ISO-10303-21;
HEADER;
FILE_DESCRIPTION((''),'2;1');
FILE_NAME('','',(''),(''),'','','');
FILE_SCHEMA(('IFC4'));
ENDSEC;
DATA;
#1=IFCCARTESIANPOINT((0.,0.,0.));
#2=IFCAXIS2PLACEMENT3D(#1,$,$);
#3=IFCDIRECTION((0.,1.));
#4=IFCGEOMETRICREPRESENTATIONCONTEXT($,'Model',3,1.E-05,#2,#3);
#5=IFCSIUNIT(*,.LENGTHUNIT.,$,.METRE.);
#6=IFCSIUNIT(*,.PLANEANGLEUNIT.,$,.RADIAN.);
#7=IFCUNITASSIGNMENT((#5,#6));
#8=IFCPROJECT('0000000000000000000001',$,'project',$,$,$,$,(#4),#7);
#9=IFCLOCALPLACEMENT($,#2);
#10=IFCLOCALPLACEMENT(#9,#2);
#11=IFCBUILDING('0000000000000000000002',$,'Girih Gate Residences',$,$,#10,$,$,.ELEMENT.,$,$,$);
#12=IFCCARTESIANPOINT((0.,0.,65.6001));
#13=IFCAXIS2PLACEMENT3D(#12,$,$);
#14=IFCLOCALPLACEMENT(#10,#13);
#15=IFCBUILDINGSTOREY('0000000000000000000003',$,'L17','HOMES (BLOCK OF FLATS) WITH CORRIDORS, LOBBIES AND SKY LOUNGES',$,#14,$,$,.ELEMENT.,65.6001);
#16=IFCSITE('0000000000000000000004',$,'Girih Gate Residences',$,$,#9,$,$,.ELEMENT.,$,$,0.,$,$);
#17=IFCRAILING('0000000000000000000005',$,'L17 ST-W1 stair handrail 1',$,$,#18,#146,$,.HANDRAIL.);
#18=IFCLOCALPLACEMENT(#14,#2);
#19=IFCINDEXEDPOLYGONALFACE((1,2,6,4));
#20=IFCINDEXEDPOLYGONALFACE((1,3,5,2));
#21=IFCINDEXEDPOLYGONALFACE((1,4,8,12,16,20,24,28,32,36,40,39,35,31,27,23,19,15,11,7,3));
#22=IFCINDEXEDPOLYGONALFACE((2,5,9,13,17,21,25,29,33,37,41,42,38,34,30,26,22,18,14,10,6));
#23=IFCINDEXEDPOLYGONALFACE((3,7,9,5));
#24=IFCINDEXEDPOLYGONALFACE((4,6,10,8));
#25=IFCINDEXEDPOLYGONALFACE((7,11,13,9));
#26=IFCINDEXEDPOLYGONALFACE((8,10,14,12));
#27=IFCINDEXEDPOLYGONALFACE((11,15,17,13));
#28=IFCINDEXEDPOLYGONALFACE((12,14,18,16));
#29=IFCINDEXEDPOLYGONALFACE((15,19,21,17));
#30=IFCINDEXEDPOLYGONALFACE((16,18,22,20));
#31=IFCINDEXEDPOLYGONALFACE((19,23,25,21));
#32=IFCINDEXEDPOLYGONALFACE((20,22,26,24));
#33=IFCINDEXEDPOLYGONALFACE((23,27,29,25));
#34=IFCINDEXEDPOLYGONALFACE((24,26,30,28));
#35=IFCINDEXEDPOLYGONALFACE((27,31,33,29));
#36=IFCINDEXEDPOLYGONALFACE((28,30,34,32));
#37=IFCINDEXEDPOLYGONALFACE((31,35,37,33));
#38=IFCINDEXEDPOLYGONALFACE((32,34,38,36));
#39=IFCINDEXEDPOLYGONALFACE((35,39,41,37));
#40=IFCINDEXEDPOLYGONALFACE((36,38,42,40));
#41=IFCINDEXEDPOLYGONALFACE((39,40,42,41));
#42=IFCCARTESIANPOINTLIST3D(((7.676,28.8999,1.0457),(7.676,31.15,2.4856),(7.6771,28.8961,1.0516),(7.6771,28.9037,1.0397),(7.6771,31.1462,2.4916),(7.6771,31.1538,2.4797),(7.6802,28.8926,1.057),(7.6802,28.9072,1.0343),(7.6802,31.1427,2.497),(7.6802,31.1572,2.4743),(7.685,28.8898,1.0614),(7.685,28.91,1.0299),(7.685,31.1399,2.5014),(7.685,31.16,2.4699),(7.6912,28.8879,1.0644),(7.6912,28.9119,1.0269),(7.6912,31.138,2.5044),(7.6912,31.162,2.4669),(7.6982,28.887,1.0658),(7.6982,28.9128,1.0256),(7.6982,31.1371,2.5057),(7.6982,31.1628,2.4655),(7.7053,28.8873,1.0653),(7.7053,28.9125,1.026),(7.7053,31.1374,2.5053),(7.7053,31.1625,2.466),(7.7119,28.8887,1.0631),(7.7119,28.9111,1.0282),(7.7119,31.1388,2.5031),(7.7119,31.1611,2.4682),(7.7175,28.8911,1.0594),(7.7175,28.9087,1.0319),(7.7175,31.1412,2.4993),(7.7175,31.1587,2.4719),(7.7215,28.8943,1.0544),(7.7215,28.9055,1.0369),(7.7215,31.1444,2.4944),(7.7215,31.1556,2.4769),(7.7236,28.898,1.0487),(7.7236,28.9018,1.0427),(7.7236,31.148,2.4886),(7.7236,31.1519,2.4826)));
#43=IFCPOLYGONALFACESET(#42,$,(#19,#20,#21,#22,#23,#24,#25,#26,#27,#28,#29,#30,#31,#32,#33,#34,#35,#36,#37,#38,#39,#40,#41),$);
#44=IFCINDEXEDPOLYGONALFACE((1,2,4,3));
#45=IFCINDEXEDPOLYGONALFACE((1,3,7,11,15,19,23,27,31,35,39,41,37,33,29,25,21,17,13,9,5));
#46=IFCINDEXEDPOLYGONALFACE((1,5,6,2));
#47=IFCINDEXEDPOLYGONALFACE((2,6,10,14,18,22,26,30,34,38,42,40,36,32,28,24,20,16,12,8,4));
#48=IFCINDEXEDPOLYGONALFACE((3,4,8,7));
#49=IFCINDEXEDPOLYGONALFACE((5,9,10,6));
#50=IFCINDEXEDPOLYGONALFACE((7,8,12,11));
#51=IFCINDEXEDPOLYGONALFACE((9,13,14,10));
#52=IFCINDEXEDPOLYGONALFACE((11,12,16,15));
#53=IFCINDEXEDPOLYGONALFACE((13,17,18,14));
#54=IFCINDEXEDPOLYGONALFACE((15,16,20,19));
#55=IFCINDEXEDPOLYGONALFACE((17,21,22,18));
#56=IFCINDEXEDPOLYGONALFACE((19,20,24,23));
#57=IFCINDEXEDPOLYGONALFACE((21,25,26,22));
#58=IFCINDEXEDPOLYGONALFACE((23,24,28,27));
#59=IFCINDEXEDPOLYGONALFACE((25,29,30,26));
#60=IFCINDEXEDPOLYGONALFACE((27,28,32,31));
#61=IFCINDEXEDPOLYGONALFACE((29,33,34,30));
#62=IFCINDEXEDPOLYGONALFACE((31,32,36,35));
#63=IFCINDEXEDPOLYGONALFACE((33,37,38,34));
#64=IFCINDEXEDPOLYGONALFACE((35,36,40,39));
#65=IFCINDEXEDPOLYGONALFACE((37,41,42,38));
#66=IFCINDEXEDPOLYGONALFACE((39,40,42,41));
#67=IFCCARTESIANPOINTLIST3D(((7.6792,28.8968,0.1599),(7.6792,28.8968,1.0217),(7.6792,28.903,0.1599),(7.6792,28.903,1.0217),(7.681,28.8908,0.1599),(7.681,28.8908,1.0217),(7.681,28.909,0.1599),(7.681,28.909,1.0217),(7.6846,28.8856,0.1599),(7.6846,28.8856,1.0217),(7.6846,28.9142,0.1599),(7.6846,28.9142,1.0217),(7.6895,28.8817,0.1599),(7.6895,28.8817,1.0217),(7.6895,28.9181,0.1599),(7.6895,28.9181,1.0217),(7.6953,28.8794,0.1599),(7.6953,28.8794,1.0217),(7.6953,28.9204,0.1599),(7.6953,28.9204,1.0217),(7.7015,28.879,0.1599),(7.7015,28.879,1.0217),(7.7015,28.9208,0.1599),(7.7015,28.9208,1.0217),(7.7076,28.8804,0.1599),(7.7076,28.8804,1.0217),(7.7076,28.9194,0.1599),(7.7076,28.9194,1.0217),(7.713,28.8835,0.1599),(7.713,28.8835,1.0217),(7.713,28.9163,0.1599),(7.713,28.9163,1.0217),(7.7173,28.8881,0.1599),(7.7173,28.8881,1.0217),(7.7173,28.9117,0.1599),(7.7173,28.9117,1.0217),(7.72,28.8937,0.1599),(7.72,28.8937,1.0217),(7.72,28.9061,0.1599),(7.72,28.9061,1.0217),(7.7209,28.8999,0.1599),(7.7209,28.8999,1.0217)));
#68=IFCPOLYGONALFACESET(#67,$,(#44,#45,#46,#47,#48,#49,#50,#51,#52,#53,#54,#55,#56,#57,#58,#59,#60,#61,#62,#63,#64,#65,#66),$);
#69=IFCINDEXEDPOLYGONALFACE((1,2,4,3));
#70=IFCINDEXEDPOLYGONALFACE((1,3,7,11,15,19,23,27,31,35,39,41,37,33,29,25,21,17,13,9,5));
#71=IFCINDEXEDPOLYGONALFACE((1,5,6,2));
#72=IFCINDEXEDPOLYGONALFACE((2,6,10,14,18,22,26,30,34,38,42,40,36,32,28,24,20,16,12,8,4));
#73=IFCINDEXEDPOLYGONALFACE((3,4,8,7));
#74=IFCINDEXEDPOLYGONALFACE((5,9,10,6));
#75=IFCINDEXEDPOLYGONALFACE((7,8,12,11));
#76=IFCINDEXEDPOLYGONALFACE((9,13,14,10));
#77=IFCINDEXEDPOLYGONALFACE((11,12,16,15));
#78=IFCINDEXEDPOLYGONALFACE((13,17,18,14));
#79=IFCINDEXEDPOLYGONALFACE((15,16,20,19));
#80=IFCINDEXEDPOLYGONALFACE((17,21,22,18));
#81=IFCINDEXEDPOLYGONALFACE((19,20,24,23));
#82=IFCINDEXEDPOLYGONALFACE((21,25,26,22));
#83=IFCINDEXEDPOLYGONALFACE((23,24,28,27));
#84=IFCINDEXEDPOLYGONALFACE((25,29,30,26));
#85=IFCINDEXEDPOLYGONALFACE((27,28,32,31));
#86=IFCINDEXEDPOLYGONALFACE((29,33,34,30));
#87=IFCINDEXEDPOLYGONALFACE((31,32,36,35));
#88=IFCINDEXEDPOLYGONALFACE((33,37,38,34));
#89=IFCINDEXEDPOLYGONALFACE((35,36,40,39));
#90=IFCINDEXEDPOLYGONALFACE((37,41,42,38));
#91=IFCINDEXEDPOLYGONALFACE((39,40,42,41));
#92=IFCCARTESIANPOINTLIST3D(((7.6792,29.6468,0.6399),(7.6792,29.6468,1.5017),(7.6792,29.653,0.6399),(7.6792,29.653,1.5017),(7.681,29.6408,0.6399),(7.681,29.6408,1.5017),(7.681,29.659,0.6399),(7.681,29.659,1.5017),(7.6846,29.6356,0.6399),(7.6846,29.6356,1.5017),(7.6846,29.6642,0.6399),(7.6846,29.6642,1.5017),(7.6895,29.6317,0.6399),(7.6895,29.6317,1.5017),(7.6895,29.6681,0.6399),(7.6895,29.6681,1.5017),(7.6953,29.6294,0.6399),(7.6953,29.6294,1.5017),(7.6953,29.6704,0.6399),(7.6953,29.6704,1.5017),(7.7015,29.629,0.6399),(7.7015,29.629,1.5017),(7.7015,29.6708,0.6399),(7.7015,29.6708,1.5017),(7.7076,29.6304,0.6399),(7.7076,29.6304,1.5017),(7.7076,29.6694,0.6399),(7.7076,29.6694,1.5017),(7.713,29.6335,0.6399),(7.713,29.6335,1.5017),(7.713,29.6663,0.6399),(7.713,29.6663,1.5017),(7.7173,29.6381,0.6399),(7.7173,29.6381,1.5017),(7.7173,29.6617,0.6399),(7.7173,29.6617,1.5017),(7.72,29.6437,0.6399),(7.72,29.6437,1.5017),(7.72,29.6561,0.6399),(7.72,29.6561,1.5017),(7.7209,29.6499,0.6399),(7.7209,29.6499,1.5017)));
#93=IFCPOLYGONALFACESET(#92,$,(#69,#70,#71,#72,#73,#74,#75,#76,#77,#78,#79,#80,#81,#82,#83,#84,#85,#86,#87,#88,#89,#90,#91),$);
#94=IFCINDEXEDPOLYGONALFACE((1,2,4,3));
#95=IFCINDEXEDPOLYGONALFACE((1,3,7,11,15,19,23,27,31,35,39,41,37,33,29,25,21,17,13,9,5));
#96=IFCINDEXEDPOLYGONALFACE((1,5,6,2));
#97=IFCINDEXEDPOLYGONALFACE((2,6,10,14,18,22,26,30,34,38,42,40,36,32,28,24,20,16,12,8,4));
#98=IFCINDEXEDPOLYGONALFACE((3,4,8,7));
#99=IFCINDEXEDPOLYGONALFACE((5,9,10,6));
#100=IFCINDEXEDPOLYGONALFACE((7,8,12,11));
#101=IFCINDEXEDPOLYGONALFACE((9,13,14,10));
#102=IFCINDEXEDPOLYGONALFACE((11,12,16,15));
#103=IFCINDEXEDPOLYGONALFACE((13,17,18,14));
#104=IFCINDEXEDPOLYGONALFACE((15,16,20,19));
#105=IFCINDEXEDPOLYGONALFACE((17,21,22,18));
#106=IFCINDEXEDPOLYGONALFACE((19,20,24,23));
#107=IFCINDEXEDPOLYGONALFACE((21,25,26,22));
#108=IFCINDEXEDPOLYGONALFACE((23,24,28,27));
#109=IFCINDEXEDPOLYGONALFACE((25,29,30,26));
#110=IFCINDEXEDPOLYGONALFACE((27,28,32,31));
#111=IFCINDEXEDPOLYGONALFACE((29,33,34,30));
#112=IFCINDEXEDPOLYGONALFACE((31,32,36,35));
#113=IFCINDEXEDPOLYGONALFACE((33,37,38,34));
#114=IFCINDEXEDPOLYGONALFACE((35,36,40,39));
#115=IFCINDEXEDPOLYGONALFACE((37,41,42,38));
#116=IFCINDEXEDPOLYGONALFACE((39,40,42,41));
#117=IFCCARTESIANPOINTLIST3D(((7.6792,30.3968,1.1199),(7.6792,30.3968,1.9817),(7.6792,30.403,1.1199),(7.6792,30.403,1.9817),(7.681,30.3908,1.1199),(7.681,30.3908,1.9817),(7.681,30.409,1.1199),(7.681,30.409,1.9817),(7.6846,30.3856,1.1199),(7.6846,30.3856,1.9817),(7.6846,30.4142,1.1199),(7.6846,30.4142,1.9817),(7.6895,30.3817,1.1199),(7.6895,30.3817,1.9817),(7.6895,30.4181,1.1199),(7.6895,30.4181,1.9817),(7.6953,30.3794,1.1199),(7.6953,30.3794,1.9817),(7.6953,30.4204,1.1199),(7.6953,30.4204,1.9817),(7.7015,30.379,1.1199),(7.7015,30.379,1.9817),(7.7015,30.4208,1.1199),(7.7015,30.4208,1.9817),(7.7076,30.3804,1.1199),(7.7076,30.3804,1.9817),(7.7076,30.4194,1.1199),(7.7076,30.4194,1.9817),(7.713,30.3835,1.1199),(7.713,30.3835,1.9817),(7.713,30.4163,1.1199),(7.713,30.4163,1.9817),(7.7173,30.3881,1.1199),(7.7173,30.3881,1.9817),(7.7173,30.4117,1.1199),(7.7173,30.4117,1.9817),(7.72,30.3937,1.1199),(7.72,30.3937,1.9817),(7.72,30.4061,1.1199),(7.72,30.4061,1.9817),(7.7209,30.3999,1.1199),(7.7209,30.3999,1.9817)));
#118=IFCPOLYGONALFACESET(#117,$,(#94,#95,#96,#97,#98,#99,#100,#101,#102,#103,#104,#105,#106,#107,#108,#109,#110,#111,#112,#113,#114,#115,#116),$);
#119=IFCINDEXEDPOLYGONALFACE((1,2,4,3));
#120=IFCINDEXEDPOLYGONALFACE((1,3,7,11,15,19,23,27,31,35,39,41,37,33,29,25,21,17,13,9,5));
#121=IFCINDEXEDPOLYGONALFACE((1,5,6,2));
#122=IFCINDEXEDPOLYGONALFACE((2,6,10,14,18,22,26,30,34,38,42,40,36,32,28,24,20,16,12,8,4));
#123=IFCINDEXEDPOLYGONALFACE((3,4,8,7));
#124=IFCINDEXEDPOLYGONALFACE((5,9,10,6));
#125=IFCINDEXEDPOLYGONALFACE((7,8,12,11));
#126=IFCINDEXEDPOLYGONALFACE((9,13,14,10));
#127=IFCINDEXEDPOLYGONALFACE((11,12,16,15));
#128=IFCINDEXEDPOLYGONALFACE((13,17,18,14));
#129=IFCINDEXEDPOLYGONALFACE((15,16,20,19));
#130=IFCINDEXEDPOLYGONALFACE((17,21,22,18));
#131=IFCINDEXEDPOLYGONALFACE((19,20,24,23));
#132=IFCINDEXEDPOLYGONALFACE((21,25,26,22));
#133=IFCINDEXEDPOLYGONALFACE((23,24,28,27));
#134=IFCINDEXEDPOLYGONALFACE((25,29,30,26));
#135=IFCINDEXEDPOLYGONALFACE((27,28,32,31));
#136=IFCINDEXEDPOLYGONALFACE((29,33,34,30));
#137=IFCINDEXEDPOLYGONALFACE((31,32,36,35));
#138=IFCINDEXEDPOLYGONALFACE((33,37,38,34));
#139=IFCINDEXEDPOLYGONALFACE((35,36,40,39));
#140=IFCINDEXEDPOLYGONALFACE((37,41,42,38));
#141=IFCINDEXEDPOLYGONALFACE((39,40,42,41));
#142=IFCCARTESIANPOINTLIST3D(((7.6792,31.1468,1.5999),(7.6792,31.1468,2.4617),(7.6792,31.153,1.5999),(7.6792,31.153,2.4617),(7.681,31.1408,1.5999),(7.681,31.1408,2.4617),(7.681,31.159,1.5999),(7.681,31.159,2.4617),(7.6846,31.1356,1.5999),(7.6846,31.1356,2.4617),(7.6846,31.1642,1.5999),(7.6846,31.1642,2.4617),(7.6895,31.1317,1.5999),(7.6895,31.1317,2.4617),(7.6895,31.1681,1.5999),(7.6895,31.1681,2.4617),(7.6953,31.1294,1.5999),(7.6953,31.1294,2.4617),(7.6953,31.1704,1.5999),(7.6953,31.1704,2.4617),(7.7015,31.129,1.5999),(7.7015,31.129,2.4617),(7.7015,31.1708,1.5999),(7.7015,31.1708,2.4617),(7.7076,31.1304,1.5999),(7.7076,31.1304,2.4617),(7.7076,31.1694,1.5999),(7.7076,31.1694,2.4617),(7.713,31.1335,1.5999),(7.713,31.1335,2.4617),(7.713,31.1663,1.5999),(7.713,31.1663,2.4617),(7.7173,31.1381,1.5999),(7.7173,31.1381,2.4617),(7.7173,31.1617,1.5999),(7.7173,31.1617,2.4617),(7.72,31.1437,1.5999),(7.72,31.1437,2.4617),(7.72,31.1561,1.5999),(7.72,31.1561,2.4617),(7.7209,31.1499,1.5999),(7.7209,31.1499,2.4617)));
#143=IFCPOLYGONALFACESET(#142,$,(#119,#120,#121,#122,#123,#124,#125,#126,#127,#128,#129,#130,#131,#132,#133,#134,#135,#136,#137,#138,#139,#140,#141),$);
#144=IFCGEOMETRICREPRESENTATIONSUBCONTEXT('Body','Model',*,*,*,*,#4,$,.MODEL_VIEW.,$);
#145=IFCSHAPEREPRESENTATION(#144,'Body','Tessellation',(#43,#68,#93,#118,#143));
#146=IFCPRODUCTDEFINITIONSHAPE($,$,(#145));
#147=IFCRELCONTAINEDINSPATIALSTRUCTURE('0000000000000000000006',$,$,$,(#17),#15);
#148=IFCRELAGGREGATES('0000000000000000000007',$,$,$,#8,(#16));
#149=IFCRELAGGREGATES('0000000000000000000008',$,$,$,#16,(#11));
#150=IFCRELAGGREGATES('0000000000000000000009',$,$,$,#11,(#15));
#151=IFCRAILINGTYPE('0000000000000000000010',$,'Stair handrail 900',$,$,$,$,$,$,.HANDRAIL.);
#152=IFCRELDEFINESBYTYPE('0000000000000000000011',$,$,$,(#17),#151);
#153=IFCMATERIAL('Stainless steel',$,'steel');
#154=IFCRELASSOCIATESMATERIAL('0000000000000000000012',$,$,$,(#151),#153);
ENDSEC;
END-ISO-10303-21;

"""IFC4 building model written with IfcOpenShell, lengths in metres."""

from ifc_helpers import new_model, si_unit, direction, frame, origin, origin_2d, place, context, subcontext, project, spatial, circle, extrude, material, type_object, element, save


model = new_model("IFC4")

# Units and contexts
model_context = context("Model", 3, precision=1e-05, world=origin(), true_north=direction((0.0, 1.0)))
body_context = subcontext(model_context, "Body", "Model", "MODEL_VIEW")
ifc_project = project(units=[si_unit("LENGTHUNIT", "METRE"), si_unit("PLANEANGLEUNIT", "RADIAN")], contexts=[model_context])

# Site, building, storey
site_placement = place(None, origin())
site = spatial("IfcSite", under=ifc_project, at=site_placement, Name="Girih Gate Residences", CompositionType="ELEMENT", RefElevation=0.0)
building_placement = place(site_placement, origin())
building = spatial("IfcBuilding", under=site, at=building_placement, Name="Girih Gate Residences", CompositionType="ELEMENT")
storey_placement = place(building_placement, frame((0.0, 0.0, 65.6001)))
storey = spatial("IfcBuildingStorey", under=building, at=storey_placement, Name="L17", Description="HOMES (BLOCK OF FLATS) WITH CORRIDORS, LOBBIES AND SKY LOUNGES", CompositionType="ELEMENT", Elevation=65.6001)

# Railing
ifc_material_1 = material(Name="Stainless steel", Category="steel")
railing_type_1 = type_object("IfcRailingType", Name="Stair handrail 900", PredefinedType="HANDRAIL", material=ifc_material_1)
railing_1_placement = place(storey_placement, frame((7.7, 28.8999, 0.1599)))
element("IfcRailing", 1, at=railing_1_placement, inside=storey, type_object=railing_type_1, Name="L17 ST-W1 stair handrail 1", PredefinedType="HANDRAIL", context=body_context, shape_type="SweptSolid", body=[
    extrude(circle(Radius=0.0239, at=origin_2d()), frame((0.0, 0.0, 0.8857), z_axis=(0.0, 0.842281, 0.539038), x_axis=(-1.0, 0.0, 0.0)), (0.0, 0.0, 1.0), 2.6714),
    extrude(circle(Radius=0.021, at=origin_2d()), origin(), (0.0, 0.0, 1.0), 0.8618),
    extrude(circle(Radius=0.021, at=origin_2d()), frame((0.0, 0.75, 0.48)), (0.0, 0.0, 1.0), 0.8618),
    extrude(circle(Radius=0.021, at=origin_2d()), frame((0.0, 1.5, 0.96)), (0.0, 0.0, 1.0), 0.8618),
    extrude(circle(Radius=0.021, at=origin_2d()), frame((0.0, 2.25, 1.4399)), (0.0, 0.0, 1.0), 0.8618),
])

save(model, "model.ifc")
